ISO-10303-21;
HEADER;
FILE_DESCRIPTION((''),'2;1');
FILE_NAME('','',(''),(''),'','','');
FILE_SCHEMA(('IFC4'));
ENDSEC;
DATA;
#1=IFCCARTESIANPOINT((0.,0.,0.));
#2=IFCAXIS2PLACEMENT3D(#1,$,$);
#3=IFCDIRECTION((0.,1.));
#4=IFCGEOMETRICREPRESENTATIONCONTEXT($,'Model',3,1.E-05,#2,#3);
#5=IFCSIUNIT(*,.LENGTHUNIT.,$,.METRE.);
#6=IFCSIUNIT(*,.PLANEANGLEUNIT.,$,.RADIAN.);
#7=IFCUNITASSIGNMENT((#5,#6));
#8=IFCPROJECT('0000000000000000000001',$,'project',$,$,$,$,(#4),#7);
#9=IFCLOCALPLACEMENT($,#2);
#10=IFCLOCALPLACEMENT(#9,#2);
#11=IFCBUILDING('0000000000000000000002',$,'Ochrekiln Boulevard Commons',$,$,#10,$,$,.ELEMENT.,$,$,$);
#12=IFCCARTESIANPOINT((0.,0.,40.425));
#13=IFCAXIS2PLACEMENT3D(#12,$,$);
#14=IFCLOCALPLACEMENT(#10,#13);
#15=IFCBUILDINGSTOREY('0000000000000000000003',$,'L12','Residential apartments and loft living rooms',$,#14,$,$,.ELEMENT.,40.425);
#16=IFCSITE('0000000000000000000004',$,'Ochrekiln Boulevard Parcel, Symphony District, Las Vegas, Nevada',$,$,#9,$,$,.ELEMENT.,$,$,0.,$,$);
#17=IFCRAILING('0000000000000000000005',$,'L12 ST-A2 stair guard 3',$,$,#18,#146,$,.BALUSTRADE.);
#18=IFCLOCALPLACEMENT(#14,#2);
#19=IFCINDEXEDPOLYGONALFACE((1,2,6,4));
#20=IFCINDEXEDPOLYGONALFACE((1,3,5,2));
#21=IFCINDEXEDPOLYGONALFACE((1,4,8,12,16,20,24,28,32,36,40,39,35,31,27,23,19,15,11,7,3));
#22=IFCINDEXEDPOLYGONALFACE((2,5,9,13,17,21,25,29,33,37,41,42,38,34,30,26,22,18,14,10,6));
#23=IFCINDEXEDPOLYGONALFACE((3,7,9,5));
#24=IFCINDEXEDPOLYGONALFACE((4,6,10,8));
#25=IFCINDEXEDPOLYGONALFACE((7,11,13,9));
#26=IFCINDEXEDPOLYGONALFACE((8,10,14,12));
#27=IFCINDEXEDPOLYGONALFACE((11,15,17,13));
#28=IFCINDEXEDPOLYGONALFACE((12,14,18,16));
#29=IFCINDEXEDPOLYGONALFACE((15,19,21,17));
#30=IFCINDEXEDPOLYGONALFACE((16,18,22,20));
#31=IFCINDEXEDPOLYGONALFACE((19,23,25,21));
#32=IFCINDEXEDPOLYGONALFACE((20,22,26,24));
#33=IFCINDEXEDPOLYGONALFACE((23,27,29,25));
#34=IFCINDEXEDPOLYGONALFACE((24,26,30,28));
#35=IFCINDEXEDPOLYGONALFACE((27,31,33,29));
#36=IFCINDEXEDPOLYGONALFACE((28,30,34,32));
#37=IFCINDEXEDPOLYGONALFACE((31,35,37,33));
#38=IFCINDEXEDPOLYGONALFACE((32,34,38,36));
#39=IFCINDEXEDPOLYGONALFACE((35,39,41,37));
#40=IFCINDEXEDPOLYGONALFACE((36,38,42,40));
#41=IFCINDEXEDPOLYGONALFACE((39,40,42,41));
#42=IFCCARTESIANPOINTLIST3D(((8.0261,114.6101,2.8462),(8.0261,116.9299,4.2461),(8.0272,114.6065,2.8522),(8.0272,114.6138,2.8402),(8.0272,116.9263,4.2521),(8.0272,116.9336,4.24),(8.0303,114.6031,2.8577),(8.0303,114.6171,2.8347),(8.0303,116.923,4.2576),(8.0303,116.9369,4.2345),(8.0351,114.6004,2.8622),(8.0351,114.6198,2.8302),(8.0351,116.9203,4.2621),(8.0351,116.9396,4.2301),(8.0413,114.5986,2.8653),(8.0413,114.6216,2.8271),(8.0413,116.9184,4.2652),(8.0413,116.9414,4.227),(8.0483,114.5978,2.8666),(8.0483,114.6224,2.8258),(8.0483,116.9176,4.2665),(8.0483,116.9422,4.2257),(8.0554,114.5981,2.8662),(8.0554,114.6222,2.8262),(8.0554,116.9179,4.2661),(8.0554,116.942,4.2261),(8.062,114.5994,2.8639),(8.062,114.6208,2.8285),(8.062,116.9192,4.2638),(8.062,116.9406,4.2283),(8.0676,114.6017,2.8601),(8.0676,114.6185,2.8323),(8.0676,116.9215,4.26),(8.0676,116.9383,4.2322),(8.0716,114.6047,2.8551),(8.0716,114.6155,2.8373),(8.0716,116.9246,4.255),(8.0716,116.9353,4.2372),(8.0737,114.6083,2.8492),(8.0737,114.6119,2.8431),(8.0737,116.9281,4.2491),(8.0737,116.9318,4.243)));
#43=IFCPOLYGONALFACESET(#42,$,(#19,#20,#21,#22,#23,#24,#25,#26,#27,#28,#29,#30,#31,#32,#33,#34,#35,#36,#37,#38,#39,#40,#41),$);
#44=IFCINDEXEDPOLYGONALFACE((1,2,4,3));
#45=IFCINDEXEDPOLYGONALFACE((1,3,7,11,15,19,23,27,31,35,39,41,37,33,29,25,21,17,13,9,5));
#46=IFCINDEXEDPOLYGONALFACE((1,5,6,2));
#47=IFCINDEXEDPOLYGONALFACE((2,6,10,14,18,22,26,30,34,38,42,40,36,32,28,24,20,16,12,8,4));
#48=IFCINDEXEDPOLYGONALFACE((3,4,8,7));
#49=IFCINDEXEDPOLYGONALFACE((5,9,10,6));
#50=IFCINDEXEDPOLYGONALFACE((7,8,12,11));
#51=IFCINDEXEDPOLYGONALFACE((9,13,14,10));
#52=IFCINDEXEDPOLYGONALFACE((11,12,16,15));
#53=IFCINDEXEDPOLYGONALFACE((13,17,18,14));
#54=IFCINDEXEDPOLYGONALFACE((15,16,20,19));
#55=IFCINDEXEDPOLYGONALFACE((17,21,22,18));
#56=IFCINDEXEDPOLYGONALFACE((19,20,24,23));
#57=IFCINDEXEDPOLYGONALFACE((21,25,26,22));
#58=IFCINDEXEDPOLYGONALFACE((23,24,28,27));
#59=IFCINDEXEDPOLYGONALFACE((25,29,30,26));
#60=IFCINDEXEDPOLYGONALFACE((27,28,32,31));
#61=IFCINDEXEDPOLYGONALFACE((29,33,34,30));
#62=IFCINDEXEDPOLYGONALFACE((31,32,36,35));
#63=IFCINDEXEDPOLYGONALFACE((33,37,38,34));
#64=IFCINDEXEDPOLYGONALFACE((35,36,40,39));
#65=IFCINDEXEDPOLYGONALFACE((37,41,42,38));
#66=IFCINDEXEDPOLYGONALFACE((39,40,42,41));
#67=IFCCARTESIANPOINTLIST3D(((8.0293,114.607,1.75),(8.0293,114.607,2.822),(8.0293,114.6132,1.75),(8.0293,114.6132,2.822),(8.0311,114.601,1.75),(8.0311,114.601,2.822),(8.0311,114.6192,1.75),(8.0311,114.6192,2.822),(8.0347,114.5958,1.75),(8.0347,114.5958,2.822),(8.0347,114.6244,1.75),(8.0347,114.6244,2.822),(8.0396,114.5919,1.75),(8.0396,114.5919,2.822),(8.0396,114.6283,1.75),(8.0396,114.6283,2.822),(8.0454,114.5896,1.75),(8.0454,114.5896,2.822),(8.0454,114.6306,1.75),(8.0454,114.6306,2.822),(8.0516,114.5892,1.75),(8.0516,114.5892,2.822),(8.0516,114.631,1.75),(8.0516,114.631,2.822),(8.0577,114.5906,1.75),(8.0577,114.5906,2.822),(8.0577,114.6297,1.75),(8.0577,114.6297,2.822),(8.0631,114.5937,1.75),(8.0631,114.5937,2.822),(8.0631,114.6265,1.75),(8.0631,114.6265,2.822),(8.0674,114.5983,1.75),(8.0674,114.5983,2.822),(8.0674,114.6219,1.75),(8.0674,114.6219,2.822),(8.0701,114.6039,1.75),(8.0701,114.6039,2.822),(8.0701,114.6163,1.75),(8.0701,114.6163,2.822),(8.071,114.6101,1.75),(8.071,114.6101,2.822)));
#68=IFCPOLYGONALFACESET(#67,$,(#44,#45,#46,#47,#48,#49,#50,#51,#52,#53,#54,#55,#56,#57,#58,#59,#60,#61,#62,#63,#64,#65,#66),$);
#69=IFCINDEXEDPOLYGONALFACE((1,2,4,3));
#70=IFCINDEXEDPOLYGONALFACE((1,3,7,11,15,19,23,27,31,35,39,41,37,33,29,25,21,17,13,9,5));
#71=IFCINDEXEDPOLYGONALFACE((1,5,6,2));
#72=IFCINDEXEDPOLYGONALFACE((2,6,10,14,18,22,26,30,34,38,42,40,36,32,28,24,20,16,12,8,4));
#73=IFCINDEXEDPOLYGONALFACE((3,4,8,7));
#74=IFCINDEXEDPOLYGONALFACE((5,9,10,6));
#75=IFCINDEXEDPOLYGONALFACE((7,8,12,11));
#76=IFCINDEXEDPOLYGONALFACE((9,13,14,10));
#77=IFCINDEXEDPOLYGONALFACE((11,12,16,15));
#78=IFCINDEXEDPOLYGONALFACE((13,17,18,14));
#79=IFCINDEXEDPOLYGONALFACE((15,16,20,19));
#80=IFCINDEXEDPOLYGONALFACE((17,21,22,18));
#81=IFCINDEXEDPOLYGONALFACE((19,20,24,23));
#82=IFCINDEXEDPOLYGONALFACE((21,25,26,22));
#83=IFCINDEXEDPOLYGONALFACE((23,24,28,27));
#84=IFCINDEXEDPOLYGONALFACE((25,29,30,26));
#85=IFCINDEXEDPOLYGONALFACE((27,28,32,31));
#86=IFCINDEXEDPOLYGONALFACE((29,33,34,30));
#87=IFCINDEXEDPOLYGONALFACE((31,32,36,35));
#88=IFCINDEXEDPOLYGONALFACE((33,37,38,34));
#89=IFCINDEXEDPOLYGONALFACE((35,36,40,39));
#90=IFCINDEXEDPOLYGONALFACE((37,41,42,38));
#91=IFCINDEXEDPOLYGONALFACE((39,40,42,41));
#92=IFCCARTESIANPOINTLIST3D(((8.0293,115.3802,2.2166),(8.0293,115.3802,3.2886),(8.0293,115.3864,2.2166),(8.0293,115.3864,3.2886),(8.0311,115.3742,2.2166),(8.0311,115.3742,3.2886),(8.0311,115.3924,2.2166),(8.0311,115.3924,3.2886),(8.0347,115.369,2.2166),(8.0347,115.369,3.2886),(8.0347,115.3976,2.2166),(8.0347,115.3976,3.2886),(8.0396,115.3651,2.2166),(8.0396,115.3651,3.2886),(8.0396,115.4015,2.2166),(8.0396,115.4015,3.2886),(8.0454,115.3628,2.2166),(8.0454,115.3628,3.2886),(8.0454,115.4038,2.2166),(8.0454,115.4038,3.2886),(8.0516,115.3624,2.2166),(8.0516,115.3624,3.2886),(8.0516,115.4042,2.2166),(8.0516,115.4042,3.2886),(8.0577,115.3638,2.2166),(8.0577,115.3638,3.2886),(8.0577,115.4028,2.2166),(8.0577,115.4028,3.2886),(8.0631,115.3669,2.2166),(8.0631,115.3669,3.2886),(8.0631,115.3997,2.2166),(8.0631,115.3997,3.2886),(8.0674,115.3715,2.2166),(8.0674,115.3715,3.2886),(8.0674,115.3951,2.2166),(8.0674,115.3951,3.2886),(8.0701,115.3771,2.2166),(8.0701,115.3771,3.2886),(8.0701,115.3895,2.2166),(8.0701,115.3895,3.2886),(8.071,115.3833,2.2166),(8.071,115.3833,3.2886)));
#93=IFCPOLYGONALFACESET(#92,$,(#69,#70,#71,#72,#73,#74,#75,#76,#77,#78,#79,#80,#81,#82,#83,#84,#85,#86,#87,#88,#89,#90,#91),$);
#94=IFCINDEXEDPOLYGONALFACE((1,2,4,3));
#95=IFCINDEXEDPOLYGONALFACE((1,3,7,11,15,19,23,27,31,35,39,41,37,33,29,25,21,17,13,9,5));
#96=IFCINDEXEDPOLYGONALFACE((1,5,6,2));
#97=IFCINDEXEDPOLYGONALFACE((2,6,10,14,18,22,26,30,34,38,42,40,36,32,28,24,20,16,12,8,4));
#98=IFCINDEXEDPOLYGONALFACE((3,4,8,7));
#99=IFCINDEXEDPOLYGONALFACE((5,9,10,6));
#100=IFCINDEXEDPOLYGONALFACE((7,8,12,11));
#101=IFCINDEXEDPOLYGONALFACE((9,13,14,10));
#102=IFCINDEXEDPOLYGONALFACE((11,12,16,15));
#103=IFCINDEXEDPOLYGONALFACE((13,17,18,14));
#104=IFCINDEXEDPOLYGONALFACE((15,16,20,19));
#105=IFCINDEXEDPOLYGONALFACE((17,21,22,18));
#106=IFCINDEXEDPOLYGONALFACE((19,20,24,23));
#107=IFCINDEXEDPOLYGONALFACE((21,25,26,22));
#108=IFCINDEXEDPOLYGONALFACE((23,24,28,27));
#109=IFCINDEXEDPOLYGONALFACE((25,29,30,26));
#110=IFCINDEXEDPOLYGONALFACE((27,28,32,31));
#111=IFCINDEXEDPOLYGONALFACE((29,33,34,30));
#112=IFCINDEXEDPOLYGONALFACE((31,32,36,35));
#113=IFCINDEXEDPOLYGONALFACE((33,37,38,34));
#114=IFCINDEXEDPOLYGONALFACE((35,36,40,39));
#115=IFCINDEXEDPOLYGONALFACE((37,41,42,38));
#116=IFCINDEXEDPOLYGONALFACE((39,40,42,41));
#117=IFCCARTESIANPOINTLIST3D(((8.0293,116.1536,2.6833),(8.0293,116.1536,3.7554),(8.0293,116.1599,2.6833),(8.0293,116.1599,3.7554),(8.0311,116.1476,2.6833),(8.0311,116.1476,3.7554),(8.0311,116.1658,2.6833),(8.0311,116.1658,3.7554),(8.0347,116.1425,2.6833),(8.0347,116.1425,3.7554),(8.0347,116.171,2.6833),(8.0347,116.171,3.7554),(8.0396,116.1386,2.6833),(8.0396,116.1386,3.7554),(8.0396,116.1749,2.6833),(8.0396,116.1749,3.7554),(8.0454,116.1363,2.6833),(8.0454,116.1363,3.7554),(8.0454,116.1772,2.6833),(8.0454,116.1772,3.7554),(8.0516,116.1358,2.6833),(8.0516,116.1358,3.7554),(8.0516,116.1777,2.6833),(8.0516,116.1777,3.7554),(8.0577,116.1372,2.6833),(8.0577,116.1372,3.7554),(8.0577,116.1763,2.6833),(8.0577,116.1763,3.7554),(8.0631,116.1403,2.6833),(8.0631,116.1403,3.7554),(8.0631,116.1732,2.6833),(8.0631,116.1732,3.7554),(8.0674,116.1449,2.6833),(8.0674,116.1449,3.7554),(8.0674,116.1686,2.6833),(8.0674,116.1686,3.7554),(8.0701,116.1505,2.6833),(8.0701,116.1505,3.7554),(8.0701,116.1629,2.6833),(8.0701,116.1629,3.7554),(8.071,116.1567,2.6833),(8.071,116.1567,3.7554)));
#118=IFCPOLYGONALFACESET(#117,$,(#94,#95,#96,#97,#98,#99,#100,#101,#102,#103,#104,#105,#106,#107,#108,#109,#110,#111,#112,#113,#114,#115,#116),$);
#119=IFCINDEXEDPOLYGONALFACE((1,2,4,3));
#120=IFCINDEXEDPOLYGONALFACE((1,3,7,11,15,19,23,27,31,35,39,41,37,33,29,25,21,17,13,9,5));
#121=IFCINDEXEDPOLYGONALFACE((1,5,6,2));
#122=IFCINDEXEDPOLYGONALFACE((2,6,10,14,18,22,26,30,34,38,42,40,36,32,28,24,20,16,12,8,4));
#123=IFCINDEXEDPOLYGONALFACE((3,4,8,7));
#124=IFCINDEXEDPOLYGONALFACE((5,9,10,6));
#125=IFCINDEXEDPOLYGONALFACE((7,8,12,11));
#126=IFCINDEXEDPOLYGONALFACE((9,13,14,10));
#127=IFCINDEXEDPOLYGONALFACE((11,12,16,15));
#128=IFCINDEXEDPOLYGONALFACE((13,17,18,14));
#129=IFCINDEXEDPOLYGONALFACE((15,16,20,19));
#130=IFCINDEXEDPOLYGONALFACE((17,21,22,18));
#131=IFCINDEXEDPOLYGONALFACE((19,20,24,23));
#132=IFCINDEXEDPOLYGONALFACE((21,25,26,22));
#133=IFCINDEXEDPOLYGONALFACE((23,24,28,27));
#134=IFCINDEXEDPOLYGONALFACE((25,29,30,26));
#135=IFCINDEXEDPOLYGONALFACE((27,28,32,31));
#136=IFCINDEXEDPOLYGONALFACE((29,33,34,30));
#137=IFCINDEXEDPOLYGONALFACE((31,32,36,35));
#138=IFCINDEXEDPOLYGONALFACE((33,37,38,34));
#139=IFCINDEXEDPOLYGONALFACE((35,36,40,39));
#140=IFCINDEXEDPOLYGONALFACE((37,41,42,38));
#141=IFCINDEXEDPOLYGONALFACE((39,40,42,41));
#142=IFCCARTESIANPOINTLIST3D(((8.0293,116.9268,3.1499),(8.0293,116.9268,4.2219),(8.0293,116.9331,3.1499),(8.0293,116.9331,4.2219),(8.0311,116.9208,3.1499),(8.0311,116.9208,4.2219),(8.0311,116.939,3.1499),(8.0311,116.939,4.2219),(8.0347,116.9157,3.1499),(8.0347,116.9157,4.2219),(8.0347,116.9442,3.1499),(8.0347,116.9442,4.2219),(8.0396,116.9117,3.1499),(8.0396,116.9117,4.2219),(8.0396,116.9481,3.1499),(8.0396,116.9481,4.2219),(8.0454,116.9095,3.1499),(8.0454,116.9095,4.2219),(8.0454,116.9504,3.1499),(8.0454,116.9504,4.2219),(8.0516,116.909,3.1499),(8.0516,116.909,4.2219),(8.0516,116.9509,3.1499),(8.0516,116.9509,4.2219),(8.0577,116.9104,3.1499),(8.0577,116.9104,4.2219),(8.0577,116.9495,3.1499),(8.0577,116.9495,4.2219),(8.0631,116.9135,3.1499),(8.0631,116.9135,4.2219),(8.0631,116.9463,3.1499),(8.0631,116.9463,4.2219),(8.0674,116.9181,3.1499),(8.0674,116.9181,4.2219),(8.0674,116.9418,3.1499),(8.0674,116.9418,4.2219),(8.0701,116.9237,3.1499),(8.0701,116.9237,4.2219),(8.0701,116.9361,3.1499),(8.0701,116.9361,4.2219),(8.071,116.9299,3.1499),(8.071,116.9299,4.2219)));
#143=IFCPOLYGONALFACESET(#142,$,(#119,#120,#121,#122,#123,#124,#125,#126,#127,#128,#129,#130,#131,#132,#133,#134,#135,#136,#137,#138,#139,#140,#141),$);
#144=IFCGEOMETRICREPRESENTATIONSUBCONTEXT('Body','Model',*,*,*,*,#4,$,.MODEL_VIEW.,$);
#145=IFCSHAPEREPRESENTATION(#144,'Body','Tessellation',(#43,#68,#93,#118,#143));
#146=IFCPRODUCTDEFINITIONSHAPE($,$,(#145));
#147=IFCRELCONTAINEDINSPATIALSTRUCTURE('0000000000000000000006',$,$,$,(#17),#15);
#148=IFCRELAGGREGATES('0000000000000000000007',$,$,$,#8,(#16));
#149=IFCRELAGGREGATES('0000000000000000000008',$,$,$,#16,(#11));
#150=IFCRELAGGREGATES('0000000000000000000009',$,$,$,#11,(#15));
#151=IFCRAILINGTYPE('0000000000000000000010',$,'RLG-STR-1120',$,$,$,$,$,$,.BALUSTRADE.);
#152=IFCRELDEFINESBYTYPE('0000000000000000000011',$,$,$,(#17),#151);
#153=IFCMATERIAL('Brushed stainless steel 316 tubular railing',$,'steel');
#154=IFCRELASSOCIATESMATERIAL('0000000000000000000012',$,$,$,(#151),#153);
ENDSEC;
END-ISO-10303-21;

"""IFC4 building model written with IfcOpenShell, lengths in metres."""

from ifc_helpers import new_model, si_unit, direction, frame, origin, origin_2d, place, context, subcontext, project, spatial, circle, extrude, material, type_object, element, save


model = new_model("IFC4")

# Units and contexts
model_context = context("Model", 3, precision=1e-05, world=origin(), true_north=direction((0.0, 1.0)))
body_context = subcontext(model_context, "Body", "Model", "MODEL_VIEW")
ifc_project = project(units=[si_unit("LENGTHUNIT", "METRE"), si_unit("PLANEANGLEUNIT", "RADIAN")], contexts=[model_context])

# Site, building, storey
site_placement = place(None, origin())
site = spatial("IfcSite", under=ifc_project, at=site_placement, Name="Ochrekiln Boulevard Parcel, Symphony District, Las Vegas, Nevada", CompositionType="ELEMENT", RefElevation=0.0)
building_placement = place(site_placement, origin())
building = spatial("IfcBuilding", under=site, at=building_placement, Name="Ochrekiln Boulevard Commons", CompositionType="ELEMENT")
storey_placement = place(building_placement, frame((0.0, 0.0, 40.425)))
storey = spatial("IfcBuildingStorey", under=building, at=storey_placement, Name="L12", Description="Residential apartments and loft living rooms", CompositionType="ELEMENT", Elevation=40.425)

# Railing
ifc_material_1 = material(Name="Brushed stainless steel 316 tubular railing", Category="steel")
railing_type_1 = type_object("IfcRailingType", Name="RLG-STR-1120", PredefinedType="BALUSTRADE", material=ifc_material_1)
railing_1_placement = place(storey_placement, frame((8.05, 114.6101, 1.75)))
element("IfcRailing", 1, at=railing_1_placement, inside=storey, type_object=railing_type_1, Name="L12 ST-A2 stair guard 3", PredefinedType="BALUSTRADE", context=body_context, shape_type="SweptSolid", body=[
    extrude(circle(Radius=0.0239, at=origin_2d()), frame((0.0, 0.0, 1.0962), z_axis=(0.0, 0.856186, 0.516667), x_axis=(-1.0, 0.0, 0.0)), (0.0, 0.0, 1.0), 2.7095),
    extrude(circle(Radius=0.021, at=origin_2d()), origin(), (0.0, 0.0, 1.0), 1.072),
    extrude(circle(Radius=0.021, at=origin_2d()), frame((0.0, 0.7732, 0.4666)), (0.0, 0.0, 1.0), 1.072),
    extrude(circle(Radius=0.021, at=origin_2d()), frame((0.0, 1.5466, 0.9333)), (0.0, 0.0, 1.0), 1.072),
    extrude(circle(Radius=0.021, at=origin_2d()), frame((0.0, 2.3198, 1.3999)), (0.0, 0.0, 1.0), 1.072),
])

save(model, "model.ifc")
